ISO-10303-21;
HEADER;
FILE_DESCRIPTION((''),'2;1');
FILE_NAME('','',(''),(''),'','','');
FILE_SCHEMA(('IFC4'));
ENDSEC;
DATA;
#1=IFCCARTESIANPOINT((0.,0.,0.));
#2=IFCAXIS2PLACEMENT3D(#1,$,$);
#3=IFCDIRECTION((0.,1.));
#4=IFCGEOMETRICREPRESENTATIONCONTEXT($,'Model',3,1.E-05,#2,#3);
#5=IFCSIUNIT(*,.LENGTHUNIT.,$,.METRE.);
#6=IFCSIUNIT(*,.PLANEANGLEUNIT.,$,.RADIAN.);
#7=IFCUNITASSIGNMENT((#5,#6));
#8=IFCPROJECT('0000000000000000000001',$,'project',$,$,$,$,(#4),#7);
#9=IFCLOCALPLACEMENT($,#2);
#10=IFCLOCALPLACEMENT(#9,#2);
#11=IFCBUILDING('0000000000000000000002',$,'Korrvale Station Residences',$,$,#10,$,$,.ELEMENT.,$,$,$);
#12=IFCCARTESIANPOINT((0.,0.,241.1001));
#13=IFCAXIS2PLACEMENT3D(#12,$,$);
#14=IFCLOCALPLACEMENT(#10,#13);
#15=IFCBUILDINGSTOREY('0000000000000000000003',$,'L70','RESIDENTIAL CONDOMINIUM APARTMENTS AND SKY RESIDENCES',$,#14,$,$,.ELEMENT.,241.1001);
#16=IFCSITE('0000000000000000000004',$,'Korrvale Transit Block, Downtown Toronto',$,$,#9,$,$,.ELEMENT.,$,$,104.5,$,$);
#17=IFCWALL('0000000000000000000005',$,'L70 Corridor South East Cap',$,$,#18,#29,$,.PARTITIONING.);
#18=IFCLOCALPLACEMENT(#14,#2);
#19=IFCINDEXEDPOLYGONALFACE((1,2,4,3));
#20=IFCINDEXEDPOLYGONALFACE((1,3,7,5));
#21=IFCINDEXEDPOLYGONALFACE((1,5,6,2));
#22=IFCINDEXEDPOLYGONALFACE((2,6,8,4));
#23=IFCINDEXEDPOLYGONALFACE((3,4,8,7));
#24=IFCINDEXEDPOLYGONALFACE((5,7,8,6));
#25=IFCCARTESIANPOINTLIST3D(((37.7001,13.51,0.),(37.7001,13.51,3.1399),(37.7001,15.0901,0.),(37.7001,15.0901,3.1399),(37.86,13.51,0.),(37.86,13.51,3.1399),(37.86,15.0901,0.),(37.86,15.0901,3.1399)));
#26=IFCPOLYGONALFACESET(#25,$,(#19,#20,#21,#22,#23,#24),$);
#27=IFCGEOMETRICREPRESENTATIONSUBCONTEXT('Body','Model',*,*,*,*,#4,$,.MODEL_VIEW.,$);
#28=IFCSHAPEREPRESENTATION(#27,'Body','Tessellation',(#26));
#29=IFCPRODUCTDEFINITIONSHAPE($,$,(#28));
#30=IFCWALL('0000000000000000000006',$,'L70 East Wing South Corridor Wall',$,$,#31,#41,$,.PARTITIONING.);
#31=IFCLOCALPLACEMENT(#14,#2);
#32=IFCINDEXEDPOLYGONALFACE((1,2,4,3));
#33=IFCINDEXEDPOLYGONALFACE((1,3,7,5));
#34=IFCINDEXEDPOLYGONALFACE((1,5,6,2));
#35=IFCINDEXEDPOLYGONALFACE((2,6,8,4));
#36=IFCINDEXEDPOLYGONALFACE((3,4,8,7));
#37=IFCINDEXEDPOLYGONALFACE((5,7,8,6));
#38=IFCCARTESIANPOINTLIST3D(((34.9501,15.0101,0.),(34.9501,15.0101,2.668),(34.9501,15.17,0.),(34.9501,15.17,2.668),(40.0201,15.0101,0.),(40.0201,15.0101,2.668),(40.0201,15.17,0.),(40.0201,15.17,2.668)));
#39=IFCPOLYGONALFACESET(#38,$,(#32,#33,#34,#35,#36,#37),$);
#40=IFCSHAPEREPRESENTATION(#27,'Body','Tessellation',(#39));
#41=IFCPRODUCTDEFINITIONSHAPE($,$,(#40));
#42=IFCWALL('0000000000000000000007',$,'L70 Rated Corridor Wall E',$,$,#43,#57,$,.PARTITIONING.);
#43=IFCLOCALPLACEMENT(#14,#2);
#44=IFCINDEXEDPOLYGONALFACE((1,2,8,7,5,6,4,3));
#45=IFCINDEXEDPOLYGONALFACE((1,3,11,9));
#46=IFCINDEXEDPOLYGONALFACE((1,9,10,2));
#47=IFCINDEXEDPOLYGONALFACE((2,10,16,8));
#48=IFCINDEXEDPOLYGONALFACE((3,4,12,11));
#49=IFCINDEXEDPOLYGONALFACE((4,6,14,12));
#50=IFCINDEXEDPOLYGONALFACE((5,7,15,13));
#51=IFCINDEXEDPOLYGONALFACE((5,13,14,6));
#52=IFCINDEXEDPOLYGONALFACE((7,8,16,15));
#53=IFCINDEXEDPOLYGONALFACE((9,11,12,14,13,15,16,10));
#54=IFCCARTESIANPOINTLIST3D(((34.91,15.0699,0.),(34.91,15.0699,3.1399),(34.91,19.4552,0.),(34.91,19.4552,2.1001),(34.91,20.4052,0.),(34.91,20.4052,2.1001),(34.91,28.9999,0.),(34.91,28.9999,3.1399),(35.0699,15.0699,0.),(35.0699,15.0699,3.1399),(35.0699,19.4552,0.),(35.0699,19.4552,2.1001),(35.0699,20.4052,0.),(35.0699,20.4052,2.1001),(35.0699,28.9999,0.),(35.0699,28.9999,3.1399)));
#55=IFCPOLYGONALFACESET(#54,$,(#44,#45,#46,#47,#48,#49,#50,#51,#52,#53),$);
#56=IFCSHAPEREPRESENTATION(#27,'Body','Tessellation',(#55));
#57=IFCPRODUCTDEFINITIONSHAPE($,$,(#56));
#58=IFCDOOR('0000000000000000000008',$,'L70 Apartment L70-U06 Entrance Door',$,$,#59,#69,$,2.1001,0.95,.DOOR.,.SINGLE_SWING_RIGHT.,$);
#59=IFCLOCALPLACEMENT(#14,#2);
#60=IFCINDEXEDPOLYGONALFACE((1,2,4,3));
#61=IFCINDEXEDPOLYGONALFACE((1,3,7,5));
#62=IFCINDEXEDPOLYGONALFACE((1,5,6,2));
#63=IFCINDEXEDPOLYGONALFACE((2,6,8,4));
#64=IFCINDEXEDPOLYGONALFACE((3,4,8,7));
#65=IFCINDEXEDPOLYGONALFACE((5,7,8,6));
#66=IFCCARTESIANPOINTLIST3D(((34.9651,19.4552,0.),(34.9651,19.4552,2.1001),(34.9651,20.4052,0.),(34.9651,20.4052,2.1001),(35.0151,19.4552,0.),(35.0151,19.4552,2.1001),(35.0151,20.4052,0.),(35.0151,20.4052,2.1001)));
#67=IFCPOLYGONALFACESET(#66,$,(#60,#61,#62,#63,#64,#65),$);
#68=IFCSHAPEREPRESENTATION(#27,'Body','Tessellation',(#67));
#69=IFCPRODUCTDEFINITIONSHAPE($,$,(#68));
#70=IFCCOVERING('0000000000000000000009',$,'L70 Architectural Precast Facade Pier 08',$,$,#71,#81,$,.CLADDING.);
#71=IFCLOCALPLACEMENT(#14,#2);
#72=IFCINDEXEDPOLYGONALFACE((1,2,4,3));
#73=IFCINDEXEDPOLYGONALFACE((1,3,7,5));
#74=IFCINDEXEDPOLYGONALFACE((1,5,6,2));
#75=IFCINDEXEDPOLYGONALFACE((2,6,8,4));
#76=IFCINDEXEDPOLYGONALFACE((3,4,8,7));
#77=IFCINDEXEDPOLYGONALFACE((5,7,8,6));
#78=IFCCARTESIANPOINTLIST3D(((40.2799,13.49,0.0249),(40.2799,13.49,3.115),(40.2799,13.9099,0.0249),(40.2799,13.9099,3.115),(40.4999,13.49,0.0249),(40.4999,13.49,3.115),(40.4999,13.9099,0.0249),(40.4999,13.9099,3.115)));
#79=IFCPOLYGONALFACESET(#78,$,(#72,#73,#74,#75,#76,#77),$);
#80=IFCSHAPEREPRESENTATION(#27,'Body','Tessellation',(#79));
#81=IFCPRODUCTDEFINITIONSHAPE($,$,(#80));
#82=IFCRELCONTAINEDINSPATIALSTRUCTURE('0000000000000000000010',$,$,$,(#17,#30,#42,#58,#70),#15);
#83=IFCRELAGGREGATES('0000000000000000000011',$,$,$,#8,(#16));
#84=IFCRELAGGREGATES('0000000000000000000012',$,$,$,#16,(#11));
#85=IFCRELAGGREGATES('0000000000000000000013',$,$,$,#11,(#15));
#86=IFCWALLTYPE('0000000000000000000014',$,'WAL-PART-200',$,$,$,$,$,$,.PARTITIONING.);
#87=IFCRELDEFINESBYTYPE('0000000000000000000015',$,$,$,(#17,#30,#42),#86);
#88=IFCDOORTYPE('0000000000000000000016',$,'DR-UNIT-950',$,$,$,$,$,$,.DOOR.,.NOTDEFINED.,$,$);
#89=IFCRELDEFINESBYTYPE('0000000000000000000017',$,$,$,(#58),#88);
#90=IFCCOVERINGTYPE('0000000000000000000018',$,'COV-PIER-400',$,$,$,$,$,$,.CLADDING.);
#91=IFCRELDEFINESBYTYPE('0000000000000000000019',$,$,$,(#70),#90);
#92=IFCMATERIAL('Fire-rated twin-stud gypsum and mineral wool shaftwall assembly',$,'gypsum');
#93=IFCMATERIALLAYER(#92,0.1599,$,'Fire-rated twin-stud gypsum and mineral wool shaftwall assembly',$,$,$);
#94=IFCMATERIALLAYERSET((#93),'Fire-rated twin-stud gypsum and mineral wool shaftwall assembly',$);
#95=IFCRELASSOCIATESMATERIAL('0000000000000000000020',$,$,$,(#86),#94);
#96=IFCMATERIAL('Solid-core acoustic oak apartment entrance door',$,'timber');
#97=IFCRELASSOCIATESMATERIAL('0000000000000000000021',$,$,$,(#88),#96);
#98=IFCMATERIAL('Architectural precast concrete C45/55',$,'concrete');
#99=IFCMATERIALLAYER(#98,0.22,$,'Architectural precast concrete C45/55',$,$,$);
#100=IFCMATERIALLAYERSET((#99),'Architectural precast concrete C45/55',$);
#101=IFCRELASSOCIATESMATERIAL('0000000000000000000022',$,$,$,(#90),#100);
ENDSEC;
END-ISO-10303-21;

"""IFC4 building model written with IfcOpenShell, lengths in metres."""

from ifc_helpers import new_model, si_unit, direction, frame, frame_2d, origin, origin_2d, place, context, subcontext, project, spatial, rectangle, extrude, material, layer, layer_set, type_object, element, fill, save


model = new_model("IFC4")

# Units and contexts
model_context = context("Model", 3, precision=1e-05, world=origin(), true_north=direction((0.0, 1.0)))
body_context = subcontext(model_context, "Body", "Model", "MODEL_VIEW")
ifc_project = project(units=[si_unit("LENGTHUNIT", "METRE"), si_unit("PLANEANGLEUNIT", "RADIAN")], contexts=[model_context])

# Site, building, storey
site_placement = place(None, origin())
site = spatial("IfcSite", under=ifc_project, at=site_placement, Name="Korrvale Transit Block, Downtown Toronto", CompositionType="ELEMENT", RefElevation=104.5)
building_placement = place(site_placement, origin())
building = spatial("IfcBuilding", under=site, at=building_placement, Name="Korrvale Station Residences", CompositionType="ELEMENT")
storey_placement = place(building_placement, frame((0.0, 0.0, 241.1001)))
storey = spatial("IfcBuildingStorey", under=building, at=storey_placement, Name="L70", Description="RESIDENTIAL CONDOMINIUM APARTMENTS AND SKY RESIDENCES", CompositionType="ELEMENT", Elevation=241.1001)

# Walls
ifc_material_1 = material(Name="Fire-rated twin-stud gypsum and mineral wool shaftwall assembly", Category="gypsum")
ifc_layer_1 = layer(ifc_material_1, 0.1599, Name="Fire-rated twin-stud gypsum and mineral wool shaftwall assembly")
ifc_layer_set_1 = layer_set([ifc_layer_1], Name="Fire-rated twin-stud gypsum and mineral wool shaftwall assembly")
wall_type_1 = type_object("IfcWallType", Name="WAL-PART-200", PredefinedType="PARTITIONING", material=ifc_layer_set_1)
wall_1_placement = place(storey_placement, frame((37.78, 13.51, 0.0), z_axis=(0.0, 0.0, 1.0), x_axis=(0.0, 1.0, 0.0)))
element("IfcWall", 1, at=wall_1_placement, inside=storey, type_object=wall_type_1, Name="L70 Corridor South East Cap", PredefinedType="PARTITIONING", context=body_context, shape_type="SweptSolid", body=[
    extrude(rectangle(XDim=1.5801, YDim=0.1599, at=frame_2d((0.79, 0.0))), origin(), (0.0, 0.0, 1.0), 3.1399),
])
wall_2_placement = place(storey_placement, frame((34.95, 15.0901, 0.0), z_axis=(0.0, 0.0, 1.0), x_axis=(1.0, 0.0, 0.0)))
element("IfcWall", 2, at=wall_2_placement, inside=storey, type_object=wall_type_1, Name="L70 East Wing South Corridor Wall", PredefinedType="PARTITIONING", context=body_context, shape_type="SweptSolid", body=[
    extrude(rectangle(XDim=5.0701, YDim=0.1599, at=frame_2d((2.5352, 0.0))), origin(), (0.0, 0.0, 1.0), 2.668),
])

# Wall, opening, door
wall_3_placement = place(storey_placement, frame((34.99, 15.0701, 0.0), z_axis=(0.0, 0.0, 1.0), x_axis=(0.0, 1.0, 0.0)))
wall_3 = element("IfcWall", 3, at=wall_3_placement, inside=storey, type_object=wall_type_1, Name="L70 Rated Corridor Wall E", PredefinedType="PARTITIONING", context=body_context, shape_type="SweptSolid", body=[
    extrude(rectangle(XDim=13.9299, YDim=0.1599, at=frame_2d((6.9648, 0.0))), origin(), (0.0, 0.0, 1.0), 3.1399),
])
opening_1_placement = place(wall_3_placement, frame((4.385, 0.0, 0.0)))
opening_1 = element("IfcOpeningElement", 4, at=opening_1_placement, cuts=wall_3, PredefinedType="OPENING", context=body_context, shape_type="SweptSolid", body=[
    extrude(rectangle(XDim=0.95, YDim=2.1001, at=frame_2d((0.4751, 1.05))), frame((0.0, 0.0898, 0.0), z_axis=(0.0, -1.0, 0.0), x_axis=(1.0, 0.0, 0.0)), (0.0, 0.0, 1.0), 0.1799),
])
ifc_material_2 = material(Name="Solid-core acoustic oak apartment entrance door", Category="timber")
door_type_1 = type_object("IfcDoorType", Name="DR-UNIT-950", OperationType="NOTDEFINED", PredefinedType="DOOR", material=ifc_material_2)
door_1_placement = place(opening_1_placement, origin())
door_1 = element("IfcDoor", 5, at=door_1_placement, inside=storey, type_object=door_type_1, Name="L70 Apartment L70-U06 Entrance Door", OperationType="SINGLE_SWING_RIGHT", OverallHeight=2.1001, OverallWidth=0.95, PredefinedType="DOOR", context=body_context, shape_type="SweptSolid", body=[
    extrude(rectangle(XDim=0.95, YDim=2.1001, at=frame_2d((0.4751, 1.05))), frame((0.0, 0.0249, 0.0), z_axis=(0.0, -1.0, 0.0), x_axis=(1.0, 0.0, 0.0)), (0.0, 0.0, 1.0), 0.05),
])
fill(opening_1, door_1)

# Covering
ifc_material_3 = material(Name="Architectural precast concrete C45/55", Category="concrete")
ifc_layer_2 = layer(ifc_material_3, 0.22, Name="Architectural precast concrete C45/55")
ifc_layer_set_2 = layer_set([ifc_layer_2], Name="Architectural precast concrete C45/55")
covering_type = type_object("IfcCoveringType", Name="COV-PIER-400", PredefinedType="CLADDING", material=ifc_layer_set_2)
covering_placement = place(storey_placement, frame((40.3899, 13.7, 0.0249), z_axis=(0.0, 0.0, 1.0), x_axis=(0.0, 1.0, 0.0)))
element("IfcCovering", 6, at=covering_placement, inside=storey, type_object=covering_type, Name="L70 Architectural Precast Facade Pier 08", PredefinedType="CLADDING", context=body_context, shape_type="SweptSolid", body=[
    extrude(rectangle(XDim=0.4199, YDim=0.22, at=origin_2d()), origin(), (0.0, 0.0, 1.0), 3.0901),
])

save(model, "model.ifc")
